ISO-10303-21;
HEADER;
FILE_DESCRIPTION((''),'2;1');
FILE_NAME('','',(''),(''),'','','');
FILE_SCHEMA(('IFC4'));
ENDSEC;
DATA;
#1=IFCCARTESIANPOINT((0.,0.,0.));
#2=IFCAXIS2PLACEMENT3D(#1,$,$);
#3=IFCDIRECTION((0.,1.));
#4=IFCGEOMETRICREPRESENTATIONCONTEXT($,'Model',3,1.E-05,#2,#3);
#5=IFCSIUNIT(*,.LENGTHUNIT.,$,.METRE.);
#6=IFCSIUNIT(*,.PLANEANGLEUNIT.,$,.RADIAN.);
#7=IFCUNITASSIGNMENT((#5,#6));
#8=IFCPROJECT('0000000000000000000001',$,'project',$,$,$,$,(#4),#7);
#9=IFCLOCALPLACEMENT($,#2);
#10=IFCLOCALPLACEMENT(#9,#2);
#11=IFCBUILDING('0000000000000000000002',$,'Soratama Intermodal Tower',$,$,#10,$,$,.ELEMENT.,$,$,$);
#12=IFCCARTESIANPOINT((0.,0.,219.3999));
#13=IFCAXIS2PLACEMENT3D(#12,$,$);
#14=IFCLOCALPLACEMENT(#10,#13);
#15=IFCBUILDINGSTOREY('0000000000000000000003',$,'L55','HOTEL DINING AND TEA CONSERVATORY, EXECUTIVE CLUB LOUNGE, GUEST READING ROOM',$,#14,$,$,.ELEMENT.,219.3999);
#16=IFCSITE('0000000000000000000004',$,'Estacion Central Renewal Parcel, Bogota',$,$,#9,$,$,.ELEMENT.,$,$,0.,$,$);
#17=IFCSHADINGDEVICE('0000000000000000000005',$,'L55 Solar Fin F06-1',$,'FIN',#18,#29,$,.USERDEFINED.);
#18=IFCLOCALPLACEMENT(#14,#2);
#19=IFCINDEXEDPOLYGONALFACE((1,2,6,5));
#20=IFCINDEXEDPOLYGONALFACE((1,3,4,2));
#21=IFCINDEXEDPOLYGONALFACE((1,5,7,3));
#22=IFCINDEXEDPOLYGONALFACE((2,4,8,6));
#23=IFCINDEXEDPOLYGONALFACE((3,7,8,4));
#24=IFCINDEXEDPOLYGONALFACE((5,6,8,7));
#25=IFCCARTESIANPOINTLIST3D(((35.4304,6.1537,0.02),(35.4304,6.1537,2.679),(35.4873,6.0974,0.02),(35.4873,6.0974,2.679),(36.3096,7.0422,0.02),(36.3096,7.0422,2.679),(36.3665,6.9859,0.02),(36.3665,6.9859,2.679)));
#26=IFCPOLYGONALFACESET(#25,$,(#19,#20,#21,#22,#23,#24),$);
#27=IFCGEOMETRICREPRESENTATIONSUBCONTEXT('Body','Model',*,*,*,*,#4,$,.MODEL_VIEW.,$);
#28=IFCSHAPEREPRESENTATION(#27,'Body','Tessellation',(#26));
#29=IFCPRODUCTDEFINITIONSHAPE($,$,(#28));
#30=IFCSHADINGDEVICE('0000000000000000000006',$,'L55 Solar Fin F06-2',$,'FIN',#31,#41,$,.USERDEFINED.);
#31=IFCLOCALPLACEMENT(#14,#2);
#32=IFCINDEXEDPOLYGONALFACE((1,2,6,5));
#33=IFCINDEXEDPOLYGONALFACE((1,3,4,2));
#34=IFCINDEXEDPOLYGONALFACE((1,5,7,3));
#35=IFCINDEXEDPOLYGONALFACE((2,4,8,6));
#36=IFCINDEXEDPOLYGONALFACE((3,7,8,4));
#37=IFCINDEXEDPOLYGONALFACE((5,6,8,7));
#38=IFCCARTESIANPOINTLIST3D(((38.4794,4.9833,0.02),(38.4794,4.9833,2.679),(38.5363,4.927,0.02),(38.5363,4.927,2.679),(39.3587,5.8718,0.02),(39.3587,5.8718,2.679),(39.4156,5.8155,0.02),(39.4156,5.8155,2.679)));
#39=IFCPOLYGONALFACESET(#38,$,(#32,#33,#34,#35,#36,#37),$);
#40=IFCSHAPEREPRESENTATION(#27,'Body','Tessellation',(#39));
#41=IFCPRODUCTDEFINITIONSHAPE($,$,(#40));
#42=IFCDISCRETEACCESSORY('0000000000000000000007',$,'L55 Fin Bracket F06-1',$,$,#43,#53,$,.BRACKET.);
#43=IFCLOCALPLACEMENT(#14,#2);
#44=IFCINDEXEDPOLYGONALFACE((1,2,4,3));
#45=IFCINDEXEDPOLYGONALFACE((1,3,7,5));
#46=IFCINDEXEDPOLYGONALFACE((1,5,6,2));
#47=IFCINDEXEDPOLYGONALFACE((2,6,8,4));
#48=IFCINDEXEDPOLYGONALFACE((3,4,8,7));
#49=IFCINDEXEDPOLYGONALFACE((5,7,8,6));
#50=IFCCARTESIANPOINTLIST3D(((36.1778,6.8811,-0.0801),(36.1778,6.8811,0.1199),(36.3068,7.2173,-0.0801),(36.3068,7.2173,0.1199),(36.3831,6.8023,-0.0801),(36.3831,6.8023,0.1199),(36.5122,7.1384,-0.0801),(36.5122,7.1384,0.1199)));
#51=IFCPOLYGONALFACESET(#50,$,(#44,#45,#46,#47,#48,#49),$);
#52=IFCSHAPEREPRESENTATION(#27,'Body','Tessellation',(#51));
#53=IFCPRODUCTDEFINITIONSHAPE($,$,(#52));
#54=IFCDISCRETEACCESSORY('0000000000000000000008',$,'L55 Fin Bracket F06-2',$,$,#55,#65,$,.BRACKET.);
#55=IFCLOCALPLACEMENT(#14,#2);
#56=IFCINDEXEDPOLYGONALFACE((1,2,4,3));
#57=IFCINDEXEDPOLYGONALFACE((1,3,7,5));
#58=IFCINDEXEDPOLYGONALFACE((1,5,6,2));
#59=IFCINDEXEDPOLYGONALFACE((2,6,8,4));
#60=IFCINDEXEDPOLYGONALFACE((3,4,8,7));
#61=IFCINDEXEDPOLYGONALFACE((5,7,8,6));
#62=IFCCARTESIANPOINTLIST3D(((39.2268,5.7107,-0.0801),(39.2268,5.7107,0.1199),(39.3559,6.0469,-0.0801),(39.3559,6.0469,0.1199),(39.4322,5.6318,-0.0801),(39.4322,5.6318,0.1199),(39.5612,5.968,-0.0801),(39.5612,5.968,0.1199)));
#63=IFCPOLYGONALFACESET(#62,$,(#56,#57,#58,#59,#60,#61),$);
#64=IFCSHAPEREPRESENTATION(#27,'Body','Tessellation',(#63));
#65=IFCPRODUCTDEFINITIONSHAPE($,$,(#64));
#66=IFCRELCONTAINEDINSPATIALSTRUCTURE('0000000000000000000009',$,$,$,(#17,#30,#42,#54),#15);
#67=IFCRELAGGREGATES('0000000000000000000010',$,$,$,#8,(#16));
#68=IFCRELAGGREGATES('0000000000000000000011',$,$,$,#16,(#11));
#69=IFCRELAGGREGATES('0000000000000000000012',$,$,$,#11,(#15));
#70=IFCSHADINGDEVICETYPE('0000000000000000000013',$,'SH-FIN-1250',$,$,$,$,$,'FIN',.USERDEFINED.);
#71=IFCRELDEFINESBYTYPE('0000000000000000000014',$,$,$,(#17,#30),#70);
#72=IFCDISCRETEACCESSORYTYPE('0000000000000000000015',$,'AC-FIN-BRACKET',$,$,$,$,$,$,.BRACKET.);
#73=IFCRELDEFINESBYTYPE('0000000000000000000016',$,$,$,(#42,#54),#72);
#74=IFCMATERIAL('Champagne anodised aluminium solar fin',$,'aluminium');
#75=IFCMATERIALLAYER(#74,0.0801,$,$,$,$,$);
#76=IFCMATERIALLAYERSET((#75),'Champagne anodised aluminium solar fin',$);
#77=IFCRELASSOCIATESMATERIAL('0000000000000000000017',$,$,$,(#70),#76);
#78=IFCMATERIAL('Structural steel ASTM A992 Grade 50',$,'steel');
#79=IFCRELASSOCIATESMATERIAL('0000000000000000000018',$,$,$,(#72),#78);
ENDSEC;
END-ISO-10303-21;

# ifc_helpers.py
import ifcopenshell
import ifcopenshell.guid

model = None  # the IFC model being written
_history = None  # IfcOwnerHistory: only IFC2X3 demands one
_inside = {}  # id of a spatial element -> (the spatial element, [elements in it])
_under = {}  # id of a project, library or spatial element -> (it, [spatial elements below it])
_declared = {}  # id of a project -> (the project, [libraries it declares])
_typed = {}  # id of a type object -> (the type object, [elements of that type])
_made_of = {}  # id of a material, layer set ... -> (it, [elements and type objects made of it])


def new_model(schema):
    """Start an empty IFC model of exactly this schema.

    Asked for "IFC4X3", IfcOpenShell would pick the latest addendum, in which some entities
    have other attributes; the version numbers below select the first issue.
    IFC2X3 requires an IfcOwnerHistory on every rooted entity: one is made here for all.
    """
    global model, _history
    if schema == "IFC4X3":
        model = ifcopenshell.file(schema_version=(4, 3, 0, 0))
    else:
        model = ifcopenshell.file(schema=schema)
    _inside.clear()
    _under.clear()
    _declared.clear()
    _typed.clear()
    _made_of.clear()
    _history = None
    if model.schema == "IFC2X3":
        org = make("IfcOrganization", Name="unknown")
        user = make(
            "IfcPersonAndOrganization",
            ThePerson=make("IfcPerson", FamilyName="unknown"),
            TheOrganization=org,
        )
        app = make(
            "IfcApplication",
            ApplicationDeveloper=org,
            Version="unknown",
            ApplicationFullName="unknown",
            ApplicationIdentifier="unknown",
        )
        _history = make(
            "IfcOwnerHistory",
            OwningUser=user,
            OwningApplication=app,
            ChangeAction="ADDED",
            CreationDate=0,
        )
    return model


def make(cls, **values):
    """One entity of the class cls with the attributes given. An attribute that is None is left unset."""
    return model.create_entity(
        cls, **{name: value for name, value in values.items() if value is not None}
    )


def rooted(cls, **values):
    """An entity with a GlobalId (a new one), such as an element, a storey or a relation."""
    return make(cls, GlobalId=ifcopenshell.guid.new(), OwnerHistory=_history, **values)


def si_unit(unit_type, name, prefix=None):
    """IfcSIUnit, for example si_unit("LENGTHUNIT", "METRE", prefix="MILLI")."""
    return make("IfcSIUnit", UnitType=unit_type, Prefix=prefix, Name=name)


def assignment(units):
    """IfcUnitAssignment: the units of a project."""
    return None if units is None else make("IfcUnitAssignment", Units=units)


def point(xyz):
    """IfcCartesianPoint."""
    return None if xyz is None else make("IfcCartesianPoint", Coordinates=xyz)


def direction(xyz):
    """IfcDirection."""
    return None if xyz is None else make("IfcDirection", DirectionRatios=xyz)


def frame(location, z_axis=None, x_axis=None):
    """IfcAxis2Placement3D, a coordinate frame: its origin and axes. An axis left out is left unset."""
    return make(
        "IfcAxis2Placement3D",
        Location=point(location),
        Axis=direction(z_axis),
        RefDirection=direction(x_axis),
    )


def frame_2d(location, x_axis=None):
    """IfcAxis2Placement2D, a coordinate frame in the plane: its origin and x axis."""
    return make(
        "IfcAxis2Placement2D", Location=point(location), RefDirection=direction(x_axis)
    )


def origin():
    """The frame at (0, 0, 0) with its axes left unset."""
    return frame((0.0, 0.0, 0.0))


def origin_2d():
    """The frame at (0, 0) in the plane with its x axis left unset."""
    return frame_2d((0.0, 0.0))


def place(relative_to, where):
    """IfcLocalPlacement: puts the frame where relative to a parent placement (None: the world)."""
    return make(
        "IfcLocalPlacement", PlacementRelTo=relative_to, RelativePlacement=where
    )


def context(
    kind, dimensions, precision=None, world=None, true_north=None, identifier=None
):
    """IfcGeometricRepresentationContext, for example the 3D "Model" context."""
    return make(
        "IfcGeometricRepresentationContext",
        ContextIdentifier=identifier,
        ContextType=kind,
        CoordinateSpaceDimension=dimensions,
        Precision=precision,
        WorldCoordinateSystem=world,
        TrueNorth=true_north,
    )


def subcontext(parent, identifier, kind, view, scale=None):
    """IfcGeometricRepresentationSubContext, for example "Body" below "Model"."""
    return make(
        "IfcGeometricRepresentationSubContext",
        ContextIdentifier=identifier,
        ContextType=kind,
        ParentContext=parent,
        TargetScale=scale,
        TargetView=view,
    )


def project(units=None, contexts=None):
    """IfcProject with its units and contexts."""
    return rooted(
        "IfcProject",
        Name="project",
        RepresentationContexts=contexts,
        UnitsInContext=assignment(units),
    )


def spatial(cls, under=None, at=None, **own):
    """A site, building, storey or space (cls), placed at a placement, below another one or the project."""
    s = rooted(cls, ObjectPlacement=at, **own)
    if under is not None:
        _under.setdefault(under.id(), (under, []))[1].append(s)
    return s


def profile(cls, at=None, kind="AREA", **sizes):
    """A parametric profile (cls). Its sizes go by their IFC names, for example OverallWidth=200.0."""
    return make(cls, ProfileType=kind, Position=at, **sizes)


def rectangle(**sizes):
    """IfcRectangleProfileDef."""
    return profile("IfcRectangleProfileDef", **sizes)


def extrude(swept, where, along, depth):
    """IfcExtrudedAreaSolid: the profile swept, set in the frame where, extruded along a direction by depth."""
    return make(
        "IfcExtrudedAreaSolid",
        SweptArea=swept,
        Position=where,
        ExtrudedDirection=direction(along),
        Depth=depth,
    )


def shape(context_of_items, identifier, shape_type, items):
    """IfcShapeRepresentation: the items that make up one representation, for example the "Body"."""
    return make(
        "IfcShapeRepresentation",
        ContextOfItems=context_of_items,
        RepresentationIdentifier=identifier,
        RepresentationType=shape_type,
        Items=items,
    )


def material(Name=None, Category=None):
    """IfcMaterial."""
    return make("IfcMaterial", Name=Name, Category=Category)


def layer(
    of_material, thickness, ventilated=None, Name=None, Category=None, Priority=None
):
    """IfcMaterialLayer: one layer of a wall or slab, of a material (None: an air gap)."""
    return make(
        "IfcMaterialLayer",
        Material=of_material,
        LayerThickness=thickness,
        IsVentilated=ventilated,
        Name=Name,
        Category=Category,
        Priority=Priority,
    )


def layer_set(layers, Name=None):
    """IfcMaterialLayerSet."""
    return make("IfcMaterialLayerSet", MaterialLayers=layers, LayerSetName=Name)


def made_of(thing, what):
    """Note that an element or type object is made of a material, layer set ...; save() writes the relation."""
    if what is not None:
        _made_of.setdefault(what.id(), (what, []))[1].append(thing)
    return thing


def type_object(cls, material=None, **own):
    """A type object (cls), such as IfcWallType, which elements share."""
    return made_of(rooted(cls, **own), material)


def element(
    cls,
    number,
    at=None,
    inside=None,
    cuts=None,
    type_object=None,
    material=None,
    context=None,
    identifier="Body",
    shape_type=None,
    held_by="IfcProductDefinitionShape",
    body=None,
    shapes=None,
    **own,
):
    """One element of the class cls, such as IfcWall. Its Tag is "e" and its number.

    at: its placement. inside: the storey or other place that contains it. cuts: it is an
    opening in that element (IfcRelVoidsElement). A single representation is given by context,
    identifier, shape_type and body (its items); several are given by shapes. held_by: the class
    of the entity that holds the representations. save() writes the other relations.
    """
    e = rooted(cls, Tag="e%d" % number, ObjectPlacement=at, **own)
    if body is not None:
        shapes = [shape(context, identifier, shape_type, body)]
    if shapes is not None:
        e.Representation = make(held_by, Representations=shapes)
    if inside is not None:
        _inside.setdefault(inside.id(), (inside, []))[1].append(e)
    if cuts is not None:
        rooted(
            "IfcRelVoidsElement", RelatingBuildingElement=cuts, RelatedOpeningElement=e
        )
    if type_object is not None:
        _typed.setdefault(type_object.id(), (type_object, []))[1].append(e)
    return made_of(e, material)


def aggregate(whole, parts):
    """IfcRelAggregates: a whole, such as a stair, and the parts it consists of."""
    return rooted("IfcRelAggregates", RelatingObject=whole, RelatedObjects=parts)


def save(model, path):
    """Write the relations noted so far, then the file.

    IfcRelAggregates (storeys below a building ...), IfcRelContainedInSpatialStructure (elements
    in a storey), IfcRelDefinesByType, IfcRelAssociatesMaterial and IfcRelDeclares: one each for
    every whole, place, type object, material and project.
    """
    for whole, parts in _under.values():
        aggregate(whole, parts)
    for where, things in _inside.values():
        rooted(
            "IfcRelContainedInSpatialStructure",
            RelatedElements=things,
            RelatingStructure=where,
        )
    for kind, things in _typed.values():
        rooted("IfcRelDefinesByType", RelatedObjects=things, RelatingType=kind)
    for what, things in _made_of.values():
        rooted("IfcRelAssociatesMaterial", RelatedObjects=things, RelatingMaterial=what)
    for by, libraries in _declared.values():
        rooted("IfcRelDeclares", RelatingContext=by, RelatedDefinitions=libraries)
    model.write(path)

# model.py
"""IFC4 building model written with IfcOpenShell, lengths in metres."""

from ifc_helpers import new_model, si_unit, direction, frame, origin, origin_2d, place, context, subcontext, project, spatial, rectangle, extrude, material, layer, layer_set, type_object, element, save


model = new_model("IFC4")

# Units and contexts
model_context = context("Model", 3, precision=1e-05, world=origin(), true_north=direction((0.0, 1.0)))
body_context = subcontext(model_context, "Body", "Model", "MODEL_VIEW")
ifc_project = project(units=[si_unit("LENGTHUNIT", "METRE"), si_unit("PLANEANGLEUNIT", "RADIAN")], contexts=[model_context])

# Site, building, storey
site_placement = place(None, origin())
site = spatial("IfcSite", under=ifc_project, at=site_placement, Name="Estacion Central Renewal Parcel, Bogota", CompositionType="ELEMENT", RefElevation=0.0)
building_placement = place(site_placement, origin())
building = spatial("IfcBuilding", under=site, at=building_placement, Name="Soratama Intermodal Tower", CompositionType="ELEMENT")
storey_placement = place(building_placement, frame((0.0, 0.0, 219.3999)))
storey = spatial("IfcBuildingStorey", under=building, at=storey_placement, Name="L55", Description="HOTEL DINING AND TEA CONSERVATORY, EXECUTIVE CLUB LOUNGE, GUEST READING ROOM", CompositionType="ELEMENT", Elevation=219.3999)

# Shading devices
ifc_material_1 = material(Name="Champagne anodised aluminium solar fin", Category="aluminium")
ifc_layer_1 = layer(ifc_material_1, 0.0801)
ifc_layer_set_1 = layer_set([ifc_layer_1], Name="Champagne anodised aluminium solar fin")
shading_device_type = type_object("IfcShadingDeviceType", Name="SH-FIN-1250", ElementType="FIN", PredefinedType="USERDEFINED", material=ifc_layer_set_1)
for number, where, z_axis, x_axis, name in (
    (1, (35.8984, 6.5698, 0.02), (0.0, 0.0, 1.0), (-0.703395, -0.710799, 0.0), "L55 Solar Fin F06-1"),
    (2, (38.9475, 5.3994, 0.02), (0.0, 0.0, 1.0), (-0.703395, -0.710799, 0.0), "L55 Solar Fin F06-2"),
):
    element("IfcShadingDevice", number, at=place(storey_placement, frame(where, z_axis=z_axis, x_axis=x_axis)), inside=storey, type_object=shading_device_type, Name=name, ObjectType="FIN", PredefinedType="USERDEFINED", context=body_context, shape_type="SweptSolid", body=[
        extrude(rectangle(XDim=1.25, YDim=0.0801, at=origin_2d()), origin(), (0.0, 0.0, 1.0), 2.6589),
    ])

# Discrete accessories
ifc_material_2 = material(Name="Structural steel ASTM A992 Grade 50", Category="steel")
discrete_accessory_type = type_object("IfcDiscreteAccessoryType", Name="AC-FIN-BRACKET", PredefinedType="BRACKET", material=ifc_material_2)
for number, where, z_axis, x_axis, name in (
    (3, (36.345, 7.0098, -0.0801), (0.0, 0.0, 1.0), (-0.358368, -0.93358, 0.0), "L55 Fin Bracket F06-1"),
    (4, (39.394, 5.8394, -0.0801), (0.0, 0.0, 1.0), (-0.358368, -0.93358, 0.0), "L55 Fin Bracket F06-2"),
):
    element("IfcDiscreteAccessory", number, at=place(storey_placement, frame(where, z_axis=z_axis, x_axis=x_axis)), inside=storey, type_object=discrete_accessory_type, Name=name, PredefinedType="BRACKET", context=body_context, shape_type="SweptSolid", body=[
        extrude(rectangle(XDim=0.3601, YDim=0.22, at=origin_2d()), origin(), (0.0, 0.0, 1.0), 0.2),
    ])

save(model, "model.ifc")
